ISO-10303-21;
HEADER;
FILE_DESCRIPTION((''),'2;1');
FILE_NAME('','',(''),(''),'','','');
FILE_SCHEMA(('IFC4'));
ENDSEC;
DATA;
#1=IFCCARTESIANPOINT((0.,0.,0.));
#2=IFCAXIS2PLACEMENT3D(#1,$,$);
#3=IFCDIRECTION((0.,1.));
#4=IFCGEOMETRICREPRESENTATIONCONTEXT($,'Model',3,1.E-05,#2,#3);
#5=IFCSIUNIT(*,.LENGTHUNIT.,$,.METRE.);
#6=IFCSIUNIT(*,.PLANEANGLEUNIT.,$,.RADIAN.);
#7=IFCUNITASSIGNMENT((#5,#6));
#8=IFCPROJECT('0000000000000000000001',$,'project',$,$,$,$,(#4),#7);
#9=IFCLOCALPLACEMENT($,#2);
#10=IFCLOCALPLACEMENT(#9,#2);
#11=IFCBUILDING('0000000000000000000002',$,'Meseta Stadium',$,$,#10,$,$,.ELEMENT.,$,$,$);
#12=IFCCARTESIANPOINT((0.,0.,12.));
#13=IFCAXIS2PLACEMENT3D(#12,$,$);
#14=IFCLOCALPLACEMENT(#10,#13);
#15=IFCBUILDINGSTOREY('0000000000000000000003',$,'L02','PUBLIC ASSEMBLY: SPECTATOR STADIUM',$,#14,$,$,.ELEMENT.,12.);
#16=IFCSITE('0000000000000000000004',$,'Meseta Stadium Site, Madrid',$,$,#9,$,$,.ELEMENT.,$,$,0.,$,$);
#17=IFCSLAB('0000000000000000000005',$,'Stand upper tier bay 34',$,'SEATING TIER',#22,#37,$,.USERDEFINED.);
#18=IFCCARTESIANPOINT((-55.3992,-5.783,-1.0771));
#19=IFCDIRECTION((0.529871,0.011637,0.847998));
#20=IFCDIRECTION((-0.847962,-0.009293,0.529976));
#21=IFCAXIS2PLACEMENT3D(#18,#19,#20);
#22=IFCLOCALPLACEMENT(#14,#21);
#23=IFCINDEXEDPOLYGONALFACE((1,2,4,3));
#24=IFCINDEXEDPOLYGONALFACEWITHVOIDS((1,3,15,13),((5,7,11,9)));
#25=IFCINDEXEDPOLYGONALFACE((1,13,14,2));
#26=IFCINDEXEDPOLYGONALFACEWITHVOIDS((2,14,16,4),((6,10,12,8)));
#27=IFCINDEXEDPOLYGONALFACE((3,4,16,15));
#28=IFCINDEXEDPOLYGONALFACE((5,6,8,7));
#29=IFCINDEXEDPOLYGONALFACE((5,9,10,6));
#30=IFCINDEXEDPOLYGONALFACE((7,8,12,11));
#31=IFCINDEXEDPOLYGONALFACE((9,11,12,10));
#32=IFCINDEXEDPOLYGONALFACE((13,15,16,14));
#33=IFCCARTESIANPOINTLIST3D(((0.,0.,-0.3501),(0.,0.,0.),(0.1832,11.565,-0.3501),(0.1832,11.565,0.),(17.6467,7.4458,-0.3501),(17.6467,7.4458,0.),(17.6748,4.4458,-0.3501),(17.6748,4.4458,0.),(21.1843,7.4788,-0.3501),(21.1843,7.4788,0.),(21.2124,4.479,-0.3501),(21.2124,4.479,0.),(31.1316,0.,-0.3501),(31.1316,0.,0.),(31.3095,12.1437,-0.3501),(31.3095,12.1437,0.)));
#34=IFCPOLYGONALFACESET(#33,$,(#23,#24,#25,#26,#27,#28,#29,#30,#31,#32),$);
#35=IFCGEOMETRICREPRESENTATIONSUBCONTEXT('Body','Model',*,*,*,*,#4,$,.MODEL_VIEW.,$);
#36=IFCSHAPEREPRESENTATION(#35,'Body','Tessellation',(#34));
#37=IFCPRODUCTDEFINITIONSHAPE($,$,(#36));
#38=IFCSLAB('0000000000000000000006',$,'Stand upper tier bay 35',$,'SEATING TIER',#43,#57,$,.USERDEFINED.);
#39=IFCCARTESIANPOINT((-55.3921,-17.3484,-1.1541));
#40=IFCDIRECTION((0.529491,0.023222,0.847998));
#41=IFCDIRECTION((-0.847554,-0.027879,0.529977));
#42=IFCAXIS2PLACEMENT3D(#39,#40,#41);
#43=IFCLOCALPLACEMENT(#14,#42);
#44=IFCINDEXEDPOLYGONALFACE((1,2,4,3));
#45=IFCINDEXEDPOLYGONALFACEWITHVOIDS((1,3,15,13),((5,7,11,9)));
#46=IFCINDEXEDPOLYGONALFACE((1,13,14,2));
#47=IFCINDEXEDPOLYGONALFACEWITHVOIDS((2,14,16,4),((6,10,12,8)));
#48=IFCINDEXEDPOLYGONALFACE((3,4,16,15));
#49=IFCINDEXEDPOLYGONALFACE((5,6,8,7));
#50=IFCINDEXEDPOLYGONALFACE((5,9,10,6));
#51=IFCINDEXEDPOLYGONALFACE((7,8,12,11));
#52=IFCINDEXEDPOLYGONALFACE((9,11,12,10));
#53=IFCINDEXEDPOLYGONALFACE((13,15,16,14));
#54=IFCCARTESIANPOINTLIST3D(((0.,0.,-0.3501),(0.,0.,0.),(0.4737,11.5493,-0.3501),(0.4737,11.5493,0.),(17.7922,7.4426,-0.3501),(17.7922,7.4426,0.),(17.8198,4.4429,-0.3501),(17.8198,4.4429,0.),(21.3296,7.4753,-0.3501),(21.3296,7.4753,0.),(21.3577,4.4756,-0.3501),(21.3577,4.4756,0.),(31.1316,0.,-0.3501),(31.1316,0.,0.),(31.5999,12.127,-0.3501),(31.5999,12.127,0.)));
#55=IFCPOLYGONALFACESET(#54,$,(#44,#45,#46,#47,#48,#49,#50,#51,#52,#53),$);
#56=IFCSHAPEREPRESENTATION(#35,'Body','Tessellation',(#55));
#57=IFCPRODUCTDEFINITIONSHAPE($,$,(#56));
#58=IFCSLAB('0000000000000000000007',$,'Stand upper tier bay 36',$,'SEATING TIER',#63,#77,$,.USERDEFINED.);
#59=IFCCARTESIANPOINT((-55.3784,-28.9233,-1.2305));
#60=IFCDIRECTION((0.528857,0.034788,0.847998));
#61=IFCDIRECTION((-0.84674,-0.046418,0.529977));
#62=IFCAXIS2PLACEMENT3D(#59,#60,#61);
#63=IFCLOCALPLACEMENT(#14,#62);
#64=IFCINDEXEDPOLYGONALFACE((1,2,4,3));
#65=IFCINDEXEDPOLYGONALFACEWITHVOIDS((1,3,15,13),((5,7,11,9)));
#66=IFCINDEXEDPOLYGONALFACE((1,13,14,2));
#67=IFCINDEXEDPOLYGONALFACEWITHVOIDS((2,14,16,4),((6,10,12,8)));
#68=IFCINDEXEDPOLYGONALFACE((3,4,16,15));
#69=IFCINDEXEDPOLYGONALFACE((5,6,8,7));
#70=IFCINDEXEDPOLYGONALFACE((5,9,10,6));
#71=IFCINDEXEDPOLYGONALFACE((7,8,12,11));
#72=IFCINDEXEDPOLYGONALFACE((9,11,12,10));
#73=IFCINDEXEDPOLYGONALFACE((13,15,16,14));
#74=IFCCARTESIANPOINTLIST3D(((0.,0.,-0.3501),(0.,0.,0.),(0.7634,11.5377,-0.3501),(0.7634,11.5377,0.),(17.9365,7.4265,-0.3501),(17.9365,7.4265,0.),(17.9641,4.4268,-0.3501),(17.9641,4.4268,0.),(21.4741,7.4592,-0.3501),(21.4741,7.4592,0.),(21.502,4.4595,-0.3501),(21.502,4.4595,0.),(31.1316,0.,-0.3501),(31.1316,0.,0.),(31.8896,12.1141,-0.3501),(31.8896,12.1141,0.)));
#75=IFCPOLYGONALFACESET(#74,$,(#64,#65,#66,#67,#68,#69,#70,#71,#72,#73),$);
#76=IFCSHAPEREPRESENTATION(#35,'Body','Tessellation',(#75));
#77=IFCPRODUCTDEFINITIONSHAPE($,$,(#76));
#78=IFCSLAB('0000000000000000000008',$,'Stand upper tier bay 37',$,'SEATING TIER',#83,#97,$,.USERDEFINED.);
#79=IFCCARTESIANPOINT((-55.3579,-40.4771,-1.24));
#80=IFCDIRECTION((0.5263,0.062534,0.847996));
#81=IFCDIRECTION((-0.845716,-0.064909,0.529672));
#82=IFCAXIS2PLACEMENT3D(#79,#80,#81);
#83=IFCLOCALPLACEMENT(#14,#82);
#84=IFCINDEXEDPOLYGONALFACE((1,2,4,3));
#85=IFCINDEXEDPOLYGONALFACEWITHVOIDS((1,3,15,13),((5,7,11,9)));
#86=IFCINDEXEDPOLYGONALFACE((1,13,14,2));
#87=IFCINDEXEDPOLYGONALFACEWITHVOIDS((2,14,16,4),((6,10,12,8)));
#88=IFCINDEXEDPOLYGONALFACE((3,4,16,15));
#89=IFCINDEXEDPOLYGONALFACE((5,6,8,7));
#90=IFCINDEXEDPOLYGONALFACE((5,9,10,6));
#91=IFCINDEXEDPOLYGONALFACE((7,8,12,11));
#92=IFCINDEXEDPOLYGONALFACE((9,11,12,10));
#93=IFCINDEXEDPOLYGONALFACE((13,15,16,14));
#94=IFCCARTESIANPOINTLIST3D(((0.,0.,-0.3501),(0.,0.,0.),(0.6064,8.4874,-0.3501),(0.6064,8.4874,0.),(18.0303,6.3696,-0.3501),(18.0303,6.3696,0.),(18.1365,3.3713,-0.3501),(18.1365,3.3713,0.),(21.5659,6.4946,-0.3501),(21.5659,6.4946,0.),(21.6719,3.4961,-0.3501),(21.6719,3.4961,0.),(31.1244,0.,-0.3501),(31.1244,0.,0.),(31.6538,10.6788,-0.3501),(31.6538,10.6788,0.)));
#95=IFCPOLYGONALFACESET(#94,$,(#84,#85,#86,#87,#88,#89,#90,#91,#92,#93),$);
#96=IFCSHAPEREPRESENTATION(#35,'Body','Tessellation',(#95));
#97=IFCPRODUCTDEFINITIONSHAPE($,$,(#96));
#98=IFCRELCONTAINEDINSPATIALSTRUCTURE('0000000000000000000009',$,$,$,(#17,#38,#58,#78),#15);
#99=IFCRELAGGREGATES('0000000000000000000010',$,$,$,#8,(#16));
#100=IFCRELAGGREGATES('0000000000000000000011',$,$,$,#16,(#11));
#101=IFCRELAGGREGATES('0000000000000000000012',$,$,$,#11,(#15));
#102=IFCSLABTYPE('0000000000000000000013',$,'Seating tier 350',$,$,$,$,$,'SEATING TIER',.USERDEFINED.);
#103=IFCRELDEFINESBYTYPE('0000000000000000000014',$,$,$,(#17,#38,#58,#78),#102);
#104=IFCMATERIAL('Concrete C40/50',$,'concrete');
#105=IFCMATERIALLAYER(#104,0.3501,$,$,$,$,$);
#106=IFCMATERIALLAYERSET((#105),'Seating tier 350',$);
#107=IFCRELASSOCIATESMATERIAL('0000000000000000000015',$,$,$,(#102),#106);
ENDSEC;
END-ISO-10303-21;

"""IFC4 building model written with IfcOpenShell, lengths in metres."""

from ifc_helpers import new_model, si_unit, direction, frame, origin, place, context, subcontext, project, spatial, polyline, outline, extrude, material, layer, layer_set, type_object, element, save


model = new_model("IFC4")

# Units and contexts
model_context = context("Model", 3, precision=1e-05, world=origin(), true_north=direction((0.0, 1.0)))
body_context = subcontext(model_context, "Body", "Model", "MODEL_VIEW")
ifc_project = project(units=[si_unit("LENGTHUNIT", "METRE"), si_unit("PLANEANGLEUNIT", "RADIAN")], contexts=[model_context])

# Site, building, storey
site_placement = place(None, origin())
site = spatial("IfcSite", under=ifc_project, at=site_placement, Name="Meseta Stadium Site, Madrid", CompositionType="ELEMENT", RefElevation=0.0)
building_placement = place(site_placement, origin())
building = spatial("IfcBuilding", under=site, at=building_placement, Name="Meseta Stadium", CompositionType="ELEMENT")
storey_placement = place(building_placement, frame((0.0, 0.0, 12.0)))
storey = spatial("IfcBuildingStorey", under=building, at=storey_placement, Name="L02", Description="PUBLIC ASSEMBLY: SPECTATOR STADIUM", CompositionType="ELEMENT", Elevation=12.0)

# Slabs
ifc_material_1 = material(Name="Concrete C40/50", Category="concrete")
ifc_layer_1 = layer(ifc_material_1, 0.3501)
ifc_layer_set_1 = layer_set([ifc_layer_1], Name="Seating tier 350")
slab_type_1 = type_object("IfcSlabType", Name="Seating tier 350", ElementType="SEATING TIER", PredefinedType="USERDEFINED", material=ifc_layer_set_1)
slab_1_placement = place(storey_placement, frame((-55.3992, -5.783, -1.0771), z_axis=(0.529871, 0.011637, 0.847998), x_axis=(-0.847962, -0.009293, 0.529976)))
element("IfcSlab", 1, at=slab_1_placement, inside=storey, type_object=slab_type_1, Name="Stand upper tier bay 34", ObjectType="SEATING TIER", PredefinedType="USERDEFINED", context=body_context, shape_type="SweptSolid", body=[
    extrude(outline(polyline([(0.0, 0.0), (31.1316, 0.0), (31.3095, 12.1437), (0.1832, 11.565), (0.0, 0.0)]), holes=[polyline([(17.6748, 4.4458), (21.2124, 4.479), (21.1843, 7.4788), (17.6467, 7.4458), (17.6748, 4.4458)])]), origin(), (0.0, 0.0, -1.0), 0.3501),
])
slab_2_placement = place(storey_placement, frame((-55.3921, -17.3484, -1.1541), z_axis=(0.529491, 0.023222, 0.847998), x_axis=(-0.847554, -0.027879, 0.529977)))
element("IfcSlab", 2, at=slab_2_placement, inside=storey, type_object=slab_type_1, Name="Stand upper tier bay 35", ObjectType="SEATING TIER", PredefinedType="USERDEFINED", context=body_context, shape_type="SweptSolid", body=[
    extrude(outline(polyline([(0.0, 0.0), (31.1316, 0.0), (31.5999, 12.127), (0.4737, 11.5493), (0.0, 0.0)]), holes=[polyline([(17.8198, 4.4429), (21.3577, 4.4756), (21.3296, 7.4753), (17.7922, 7.4426), (17.8198, 4.4429)])]), origin(), (0.0, 0.0, -1.0), 0.3501),
])
slab_3_placement = place(storey_placement, frame((-55.3784, -28.9233, -1.2305), z_axis=(0.528857, 0.034788, 0.847998), x_axis=(-0.84674, -0.046418, 0.529977)))
element("IfcSlab", 3, at=slab_3_placement, inside=storey, type_object=slab_type_1, Name="Stand upper tier bay 36", ObjectType="SEATING TIER", PredefinedType="USERDEFINED", context=body_context, shape_type="SweptSolid", body=[
    extrude(outline(polyline([(0.0, 0.0), (31.1316, 0.0), (31.8896, 12.1141), (0.7634, 11.5377), (0.0, 0.0)]), holes=[polyline([(17.9641, 4.4268), (21.502, 4.4595), (21.4741, 7.4592), (17.9365, 7.4265), (17.9641, 4.4268)])]), origin(), (0.0, 0.0, -1.0), 0.3501),
])
slab_4_placement = place(storey_placement, frame((-55.3579, -40.4771, -1.24), z_axis=(0.5263, 0.062534, 0.847996), x_axis=(-0.845716, -0.064909, 0.529672)))
element("IfcSlab", 4, at=slab_4_placement, inside=storey, type_object=slab_type_1, Name="Stand upper tier bay 37", ObjectType="SEATING TIER", PredefinedType="USERDEFINED", context=body_context, shape_type="SweptSolid", body=[
    extrude(outline(polyline([(0.0, 0.0), (31.1244, 0.0), (31.6538, 10.6788), (0.6064, 8.4874), (0.0, 0.0)]), holes=[polyline([(18.1365, 3.3713), (21.6719, 3.4961), (21.5659, 6.4946), (18.0303, 6.3696), (18.1365, 3.3713)])]), origin(), (0.0, 0.0, -1.0), 0.3501),
])

save(model, "model.ifc")
